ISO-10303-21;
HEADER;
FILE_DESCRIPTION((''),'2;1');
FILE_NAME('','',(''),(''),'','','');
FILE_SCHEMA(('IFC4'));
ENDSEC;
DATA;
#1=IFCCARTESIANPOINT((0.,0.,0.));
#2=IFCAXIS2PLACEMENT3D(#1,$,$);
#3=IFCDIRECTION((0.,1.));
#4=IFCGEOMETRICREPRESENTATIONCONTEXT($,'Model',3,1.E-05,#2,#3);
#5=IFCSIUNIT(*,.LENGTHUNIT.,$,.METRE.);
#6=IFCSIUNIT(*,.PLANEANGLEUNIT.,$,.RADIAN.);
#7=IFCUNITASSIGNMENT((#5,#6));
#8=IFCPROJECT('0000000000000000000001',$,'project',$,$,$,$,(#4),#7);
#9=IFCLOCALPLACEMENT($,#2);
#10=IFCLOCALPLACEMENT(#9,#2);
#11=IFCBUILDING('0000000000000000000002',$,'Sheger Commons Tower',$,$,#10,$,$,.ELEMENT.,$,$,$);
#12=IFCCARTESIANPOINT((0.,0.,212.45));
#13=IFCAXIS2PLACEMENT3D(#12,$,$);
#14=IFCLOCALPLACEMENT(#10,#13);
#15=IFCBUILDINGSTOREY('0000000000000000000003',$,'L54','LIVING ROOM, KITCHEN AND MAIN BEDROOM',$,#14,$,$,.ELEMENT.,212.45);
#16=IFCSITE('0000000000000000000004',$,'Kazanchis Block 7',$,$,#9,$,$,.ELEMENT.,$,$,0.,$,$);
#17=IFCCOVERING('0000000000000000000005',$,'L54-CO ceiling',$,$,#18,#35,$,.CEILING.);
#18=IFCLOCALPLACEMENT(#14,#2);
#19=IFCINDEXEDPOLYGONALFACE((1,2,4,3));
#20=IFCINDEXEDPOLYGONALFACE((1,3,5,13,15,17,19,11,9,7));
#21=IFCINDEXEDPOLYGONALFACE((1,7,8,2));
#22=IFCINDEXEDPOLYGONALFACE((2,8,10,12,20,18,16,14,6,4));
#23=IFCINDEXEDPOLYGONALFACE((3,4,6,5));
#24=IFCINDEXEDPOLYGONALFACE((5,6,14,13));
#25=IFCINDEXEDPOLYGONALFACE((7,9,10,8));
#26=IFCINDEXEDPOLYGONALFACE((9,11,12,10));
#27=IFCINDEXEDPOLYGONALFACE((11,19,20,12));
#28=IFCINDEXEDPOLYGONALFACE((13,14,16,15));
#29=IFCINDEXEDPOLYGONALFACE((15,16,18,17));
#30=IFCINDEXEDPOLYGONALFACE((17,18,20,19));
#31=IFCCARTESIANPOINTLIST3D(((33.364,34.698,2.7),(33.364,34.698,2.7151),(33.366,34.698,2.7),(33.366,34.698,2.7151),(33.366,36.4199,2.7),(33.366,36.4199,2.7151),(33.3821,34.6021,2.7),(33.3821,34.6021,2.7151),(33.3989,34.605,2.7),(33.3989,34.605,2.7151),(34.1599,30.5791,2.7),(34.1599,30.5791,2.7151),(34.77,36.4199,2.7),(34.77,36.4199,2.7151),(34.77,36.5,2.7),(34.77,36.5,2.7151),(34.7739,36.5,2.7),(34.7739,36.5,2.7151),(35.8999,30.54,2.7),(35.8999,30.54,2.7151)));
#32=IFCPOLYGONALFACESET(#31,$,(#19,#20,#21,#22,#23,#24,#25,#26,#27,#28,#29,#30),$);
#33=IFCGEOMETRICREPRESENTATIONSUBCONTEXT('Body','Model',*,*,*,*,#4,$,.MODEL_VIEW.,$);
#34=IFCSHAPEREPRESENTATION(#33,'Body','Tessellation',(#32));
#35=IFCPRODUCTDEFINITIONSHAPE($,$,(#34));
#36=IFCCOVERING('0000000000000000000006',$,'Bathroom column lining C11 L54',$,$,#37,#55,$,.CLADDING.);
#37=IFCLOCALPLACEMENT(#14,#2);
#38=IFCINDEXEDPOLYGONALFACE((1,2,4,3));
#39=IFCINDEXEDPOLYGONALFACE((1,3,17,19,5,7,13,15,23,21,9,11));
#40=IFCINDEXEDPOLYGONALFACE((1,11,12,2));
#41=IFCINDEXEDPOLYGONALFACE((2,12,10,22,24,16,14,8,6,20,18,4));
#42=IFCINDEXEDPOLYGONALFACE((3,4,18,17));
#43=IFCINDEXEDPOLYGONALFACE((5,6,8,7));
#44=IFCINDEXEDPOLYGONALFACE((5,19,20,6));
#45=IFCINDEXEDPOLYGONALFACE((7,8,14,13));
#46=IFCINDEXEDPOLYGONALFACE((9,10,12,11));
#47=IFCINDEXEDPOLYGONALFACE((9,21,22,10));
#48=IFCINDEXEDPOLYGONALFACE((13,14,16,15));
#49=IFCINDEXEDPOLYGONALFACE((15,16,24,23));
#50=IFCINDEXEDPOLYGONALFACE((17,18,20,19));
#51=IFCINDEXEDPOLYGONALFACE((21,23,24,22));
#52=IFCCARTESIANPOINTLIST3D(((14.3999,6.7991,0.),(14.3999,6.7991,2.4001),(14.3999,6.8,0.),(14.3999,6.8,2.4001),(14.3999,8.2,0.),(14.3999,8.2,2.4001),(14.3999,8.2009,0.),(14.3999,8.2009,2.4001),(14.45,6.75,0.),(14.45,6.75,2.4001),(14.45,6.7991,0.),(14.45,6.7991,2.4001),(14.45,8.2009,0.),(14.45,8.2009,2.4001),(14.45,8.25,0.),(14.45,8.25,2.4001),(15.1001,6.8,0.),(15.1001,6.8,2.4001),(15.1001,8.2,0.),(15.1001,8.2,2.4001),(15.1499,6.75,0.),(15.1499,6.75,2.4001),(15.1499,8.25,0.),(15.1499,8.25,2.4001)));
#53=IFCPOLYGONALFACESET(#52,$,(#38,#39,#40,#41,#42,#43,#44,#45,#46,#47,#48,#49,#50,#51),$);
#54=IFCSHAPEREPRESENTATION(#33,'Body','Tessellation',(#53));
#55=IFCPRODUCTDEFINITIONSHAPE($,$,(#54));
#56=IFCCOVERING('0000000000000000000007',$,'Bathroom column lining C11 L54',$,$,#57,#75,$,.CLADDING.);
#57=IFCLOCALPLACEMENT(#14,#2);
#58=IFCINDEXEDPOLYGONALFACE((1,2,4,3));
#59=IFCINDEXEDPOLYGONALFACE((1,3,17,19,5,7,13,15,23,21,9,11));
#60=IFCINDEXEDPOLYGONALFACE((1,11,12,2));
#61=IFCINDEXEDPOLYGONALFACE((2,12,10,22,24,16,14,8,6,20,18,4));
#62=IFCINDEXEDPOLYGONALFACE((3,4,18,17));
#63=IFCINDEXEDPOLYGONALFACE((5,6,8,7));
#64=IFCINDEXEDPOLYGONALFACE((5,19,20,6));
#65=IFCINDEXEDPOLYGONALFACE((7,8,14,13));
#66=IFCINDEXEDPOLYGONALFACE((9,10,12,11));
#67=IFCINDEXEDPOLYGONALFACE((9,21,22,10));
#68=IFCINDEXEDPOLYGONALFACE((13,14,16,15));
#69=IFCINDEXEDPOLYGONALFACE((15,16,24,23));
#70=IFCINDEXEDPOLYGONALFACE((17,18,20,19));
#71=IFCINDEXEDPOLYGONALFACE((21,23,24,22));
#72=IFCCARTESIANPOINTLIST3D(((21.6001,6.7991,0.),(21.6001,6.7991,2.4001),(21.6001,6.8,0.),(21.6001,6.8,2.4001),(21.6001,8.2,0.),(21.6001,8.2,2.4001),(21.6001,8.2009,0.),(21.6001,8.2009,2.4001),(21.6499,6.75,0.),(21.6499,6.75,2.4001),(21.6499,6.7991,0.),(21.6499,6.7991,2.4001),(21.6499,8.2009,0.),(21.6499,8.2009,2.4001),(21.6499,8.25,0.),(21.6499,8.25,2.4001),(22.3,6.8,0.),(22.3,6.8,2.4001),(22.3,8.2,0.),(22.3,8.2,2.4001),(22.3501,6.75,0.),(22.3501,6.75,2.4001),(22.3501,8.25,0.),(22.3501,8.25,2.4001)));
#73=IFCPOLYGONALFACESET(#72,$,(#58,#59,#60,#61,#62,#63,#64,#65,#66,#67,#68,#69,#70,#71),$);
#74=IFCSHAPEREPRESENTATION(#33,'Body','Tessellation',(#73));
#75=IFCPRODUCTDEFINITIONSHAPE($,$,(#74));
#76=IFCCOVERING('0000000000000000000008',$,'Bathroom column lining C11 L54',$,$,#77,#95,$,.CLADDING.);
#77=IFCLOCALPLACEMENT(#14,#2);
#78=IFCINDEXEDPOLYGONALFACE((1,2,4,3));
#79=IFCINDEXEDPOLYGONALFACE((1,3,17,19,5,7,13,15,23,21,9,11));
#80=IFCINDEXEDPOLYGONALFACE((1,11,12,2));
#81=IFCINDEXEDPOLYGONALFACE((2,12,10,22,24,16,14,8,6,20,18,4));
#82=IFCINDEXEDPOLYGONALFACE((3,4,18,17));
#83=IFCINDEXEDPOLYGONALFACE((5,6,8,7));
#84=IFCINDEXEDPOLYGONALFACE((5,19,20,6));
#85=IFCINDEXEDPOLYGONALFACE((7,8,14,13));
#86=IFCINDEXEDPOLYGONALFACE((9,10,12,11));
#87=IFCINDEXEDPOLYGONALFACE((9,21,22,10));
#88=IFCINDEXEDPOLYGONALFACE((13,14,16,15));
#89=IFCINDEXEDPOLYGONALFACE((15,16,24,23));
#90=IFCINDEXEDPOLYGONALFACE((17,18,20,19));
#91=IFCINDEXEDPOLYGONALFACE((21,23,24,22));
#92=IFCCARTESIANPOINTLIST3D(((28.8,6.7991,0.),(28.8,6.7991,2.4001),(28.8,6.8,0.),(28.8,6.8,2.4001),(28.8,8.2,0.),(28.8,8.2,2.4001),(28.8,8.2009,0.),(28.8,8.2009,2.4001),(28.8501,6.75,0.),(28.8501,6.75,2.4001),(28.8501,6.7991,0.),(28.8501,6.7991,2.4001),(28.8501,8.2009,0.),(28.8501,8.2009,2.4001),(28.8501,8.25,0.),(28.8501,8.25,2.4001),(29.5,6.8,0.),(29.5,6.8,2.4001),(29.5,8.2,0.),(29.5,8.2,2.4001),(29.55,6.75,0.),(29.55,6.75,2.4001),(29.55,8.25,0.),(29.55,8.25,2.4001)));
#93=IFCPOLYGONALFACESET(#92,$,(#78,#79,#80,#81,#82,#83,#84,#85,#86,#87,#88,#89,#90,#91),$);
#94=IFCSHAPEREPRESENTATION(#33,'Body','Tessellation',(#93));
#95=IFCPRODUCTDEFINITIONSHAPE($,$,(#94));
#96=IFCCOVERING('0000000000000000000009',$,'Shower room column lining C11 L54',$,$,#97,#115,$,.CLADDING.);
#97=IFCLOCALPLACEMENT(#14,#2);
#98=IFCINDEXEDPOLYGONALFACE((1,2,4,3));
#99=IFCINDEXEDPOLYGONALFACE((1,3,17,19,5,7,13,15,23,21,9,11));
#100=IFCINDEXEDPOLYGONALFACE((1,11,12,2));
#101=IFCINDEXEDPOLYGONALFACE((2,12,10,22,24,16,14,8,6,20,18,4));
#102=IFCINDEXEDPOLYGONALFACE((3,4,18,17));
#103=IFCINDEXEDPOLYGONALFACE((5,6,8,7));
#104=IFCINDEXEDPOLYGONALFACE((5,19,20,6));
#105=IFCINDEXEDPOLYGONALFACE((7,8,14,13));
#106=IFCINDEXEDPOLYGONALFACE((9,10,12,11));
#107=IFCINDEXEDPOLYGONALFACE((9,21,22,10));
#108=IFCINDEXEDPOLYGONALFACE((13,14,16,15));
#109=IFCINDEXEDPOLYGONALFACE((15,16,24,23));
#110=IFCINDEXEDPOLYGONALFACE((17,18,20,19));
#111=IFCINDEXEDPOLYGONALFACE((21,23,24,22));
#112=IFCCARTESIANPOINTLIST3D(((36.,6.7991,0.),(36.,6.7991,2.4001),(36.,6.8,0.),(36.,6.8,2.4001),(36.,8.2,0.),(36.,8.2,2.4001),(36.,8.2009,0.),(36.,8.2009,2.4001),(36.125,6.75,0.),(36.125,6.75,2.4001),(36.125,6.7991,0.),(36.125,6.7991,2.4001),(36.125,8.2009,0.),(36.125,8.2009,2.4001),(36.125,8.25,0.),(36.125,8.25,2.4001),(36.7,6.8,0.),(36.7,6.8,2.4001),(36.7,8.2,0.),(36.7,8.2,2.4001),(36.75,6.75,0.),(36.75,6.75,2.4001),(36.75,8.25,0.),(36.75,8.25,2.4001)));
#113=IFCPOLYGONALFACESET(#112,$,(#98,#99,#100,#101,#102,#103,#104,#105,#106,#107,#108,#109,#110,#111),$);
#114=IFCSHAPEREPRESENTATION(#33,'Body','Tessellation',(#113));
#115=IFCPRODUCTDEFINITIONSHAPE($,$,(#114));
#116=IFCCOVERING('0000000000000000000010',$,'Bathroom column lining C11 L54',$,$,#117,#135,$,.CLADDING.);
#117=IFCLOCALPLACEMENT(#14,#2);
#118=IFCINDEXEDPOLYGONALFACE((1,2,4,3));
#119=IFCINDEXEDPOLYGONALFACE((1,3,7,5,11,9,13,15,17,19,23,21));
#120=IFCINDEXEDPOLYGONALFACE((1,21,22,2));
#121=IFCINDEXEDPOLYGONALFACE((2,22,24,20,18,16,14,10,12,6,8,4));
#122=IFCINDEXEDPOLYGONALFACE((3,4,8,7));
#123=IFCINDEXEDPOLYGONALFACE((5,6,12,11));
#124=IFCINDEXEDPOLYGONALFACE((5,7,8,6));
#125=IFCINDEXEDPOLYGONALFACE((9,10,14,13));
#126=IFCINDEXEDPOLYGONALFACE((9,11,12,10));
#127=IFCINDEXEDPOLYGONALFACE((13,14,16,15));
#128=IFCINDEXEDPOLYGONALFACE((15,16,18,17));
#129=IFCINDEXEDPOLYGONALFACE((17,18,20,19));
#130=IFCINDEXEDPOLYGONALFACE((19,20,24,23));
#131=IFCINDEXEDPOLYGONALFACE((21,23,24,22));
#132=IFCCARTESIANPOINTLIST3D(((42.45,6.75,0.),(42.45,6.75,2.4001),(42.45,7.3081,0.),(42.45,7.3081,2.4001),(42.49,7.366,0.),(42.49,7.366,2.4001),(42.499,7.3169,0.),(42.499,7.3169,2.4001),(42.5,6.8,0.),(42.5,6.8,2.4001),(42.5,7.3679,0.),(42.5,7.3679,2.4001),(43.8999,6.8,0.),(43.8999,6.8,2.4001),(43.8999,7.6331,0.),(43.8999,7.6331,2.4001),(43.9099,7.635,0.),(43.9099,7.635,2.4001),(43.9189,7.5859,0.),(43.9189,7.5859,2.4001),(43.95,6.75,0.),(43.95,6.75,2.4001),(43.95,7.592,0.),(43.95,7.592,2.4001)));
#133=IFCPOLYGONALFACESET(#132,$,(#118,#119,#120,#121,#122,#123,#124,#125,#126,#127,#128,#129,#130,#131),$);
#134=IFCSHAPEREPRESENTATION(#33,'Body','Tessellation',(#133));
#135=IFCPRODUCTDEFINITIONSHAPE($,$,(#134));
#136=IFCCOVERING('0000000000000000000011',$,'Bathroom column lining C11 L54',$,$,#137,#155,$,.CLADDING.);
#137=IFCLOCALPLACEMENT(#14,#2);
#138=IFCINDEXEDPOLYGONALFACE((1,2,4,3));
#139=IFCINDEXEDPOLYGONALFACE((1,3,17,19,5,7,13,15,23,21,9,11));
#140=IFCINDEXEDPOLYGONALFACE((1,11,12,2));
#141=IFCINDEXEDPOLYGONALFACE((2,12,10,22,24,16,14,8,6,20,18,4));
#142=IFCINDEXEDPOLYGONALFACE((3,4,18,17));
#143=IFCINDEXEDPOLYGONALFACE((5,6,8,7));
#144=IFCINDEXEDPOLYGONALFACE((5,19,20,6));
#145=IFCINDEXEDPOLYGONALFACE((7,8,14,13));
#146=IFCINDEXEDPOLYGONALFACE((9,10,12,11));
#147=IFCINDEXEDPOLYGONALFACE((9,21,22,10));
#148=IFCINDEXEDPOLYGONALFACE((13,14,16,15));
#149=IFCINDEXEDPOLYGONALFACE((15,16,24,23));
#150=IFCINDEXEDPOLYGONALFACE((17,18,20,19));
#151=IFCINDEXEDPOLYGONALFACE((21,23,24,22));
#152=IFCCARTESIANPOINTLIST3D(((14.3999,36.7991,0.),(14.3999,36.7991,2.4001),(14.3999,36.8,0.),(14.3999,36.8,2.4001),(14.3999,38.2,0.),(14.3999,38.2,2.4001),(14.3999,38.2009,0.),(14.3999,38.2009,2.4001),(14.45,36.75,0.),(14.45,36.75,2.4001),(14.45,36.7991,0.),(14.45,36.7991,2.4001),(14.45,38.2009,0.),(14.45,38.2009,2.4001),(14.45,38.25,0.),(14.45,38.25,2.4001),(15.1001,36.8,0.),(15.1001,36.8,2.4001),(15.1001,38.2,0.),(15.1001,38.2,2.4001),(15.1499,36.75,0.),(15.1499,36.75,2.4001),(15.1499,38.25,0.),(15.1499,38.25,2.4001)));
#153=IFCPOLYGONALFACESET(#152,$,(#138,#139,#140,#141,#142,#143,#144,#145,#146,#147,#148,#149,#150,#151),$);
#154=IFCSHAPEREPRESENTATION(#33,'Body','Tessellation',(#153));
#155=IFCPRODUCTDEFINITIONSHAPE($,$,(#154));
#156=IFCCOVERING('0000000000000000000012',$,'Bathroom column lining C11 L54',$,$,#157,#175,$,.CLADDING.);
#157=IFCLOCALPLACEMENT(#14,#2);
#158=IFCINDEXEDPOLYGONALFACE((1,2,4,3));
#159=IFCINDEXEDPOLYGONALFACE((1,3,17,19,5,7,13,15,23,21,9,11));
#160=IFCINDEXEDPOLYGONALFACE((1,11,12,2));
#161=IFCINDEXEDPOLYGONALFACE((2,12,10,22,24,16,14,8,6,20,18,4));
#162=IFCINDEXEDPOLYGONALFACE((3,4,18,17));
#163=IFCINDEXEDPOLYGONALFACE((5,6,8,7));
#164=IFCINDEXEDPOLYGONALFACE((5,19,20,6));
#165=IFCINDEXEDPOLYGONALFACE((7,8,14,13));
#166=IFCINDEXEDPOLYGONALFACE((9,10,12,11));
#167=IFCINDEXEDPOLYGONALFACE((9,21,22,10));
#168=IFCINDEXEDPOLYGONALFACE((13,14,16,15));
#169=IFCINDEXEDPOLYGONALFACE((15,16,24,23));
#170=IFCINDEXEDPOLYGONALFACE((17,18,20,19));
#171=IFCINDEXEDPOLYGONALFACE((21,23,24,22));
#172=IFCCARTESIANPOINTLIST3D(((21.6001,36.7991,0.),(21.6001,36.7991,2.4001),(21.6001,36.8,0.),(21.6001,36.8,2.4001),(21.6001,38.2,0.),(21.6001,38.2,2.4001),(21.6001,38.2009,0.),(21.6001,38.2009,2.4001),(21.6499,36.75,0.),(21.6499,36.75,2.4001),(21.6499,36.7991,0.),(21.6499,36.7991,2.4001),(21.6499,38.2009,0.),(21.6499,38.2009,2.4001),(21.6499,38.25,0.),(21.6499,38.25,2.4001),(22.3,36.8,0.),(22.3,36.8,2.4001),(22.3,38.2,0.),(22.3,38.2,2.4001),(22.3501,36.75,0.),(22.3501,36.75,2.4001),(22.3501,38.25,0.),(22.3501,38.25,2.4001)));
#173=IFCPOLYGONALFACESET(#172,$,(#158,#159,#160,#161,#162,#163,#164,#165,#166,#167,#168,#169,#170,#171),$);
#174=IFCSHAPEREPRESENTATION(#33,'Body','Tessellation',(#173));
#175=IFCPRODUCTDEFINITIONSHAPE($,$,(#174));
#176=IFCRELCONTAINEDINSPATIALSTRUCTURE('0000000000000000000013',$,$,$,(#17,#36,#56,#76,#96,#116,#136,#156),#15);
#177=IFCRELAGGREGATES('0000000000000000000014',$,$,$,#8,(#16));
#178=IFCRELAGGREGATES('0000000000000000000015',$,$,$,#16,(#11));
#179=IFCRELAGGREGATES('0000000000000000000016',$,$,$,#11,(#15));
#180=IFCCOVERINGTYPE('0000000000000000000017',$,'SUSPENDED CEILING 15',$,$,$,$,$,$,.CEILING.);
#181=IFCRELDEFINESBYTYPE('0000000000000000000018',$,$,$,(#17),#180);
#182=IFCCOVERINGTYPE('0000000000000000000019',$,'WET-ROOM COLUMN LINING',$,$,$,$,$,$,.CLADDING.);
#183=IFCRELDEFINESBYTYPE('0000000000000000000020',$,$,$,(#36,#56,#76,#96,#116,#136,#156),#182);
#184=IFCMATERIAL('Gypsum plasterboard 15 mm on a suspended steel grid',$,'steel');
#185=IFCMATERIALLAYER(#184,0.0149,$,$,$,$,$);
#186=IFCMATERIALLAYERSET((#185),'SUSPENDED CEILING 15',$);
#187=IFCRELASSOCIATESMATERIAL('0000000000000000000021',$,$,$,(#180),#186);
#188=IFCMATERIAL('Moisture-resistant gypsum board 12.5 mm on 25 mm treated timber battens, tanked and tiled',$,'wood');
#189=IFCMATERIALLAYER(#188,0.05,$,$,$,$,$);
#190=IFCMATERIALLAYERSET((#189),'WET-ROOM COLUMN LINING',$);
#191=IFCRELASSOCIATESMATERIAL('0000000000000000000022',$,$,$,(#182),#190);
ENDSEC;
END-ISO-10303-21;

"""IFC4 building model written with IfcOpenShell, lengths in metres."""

from ifc_helpers import new_model, si_unit, direction, frame, origin, place, context, subcontext, project, spatial, polyline, outline, extrude, material, layer, layer_set, type_object, element, save


model = new_model("IFC4")

# Units and contexts
model_context = context("Model", 3, precision=1e-05, world=origin(), true_north=direction((0.0, 1.0)))
body_context = subcontext(model_context, "Body", "Model", "MODEL_VIEW")
ifc_project = project(units=[si_unit("LENGTHUNIT", "METRE"), si_unit("PLANEANGLEUNIT", "RADIAN")], contexts=[model_context])

# Site, building, storey
site_placement = place(None, origin())
site = spatial("IfcSite", under=ifc_project, at=site_placement, Name="Kazanchis Block 7", CompositionType="ELEMENT", RefElevation=0.0)
building_placement = place(site_placement, origin())
building = spatial("IfcBuilding", under=site, at=building_placement, Name="Sheger Commons Tower", CompositionType="ELEMENT")
storey_placement = place(building_placement, frame((0.0, 0.0, 212.45)))
storey = spatial("IfcBuildingStorey", under=building, at=storey_placement, Name="L54", Description="LIVING ROOM, KITCHEN AND MAIN BEDROOM", CompositionType="ELEMENT", Elevation=212.45)

# Coverings
ifc_material_1 = material(Name="Gypsum plasterboard 15 mm on a suspended steel grid", Category="steel")
ifc_layer_1 = layer(ifc_material_1, 0.0149)
ifc_layer_set_1 = layer_set([ifc_layer_1], Name="SUSPENDED CEILING 15")
covering_type_1 = type_object("IfcCoveringType", Name="SUSPENDED CEILING 15", PredefinedType="CEILING", material=ifc_layer_set_1)
covering_1_placement = place(storey_placement, frame((0.0, 0.0, 2.7)))
element("IfcCovering", 1, at=covering_1_placement, inside=storey, type_object=covering_type_1, Name="L54-CO ceiling", PredefinedType="CEILING", context=body_context, shape_type="SweptSolid", body=[
    extrude(outline(polyline([(35.8999, 30.54), (34.7739, 36.5), (34.77, 36.5), (34.77, 36.4199), (33.366, 36.4199), (33.366, 34.698), (33.364, 34.698), (33.3821, 34.6021), (33.3989, 34.605), (34.1599, 30.5791), (35.8999, 30.54)])), origin(), (0.0, 0.0, 1.0), 0.0151),
])
ifc_material_2 = material(Name="Moisture-resistant gypsum board 12.5 mm on 25 mm treated timber battens, tanked and tiled", Category="wood")
ifc_layer_2 = layer(ifc_material_2, 0.05)
ifc_layer_set_2 = layer_set([ifc_layer_2], Name="WET-ROOM COLUMN LINING")
covering_type_2 = type_object("IfcCoveringType", Name="WET-ROOM COLUMN LINING", PredefinedType="CLADDING", material=ifc_layer_set_2)
covering_2_placement = place(storey_placement, origin())
element("IfcCovering", 2, at=covering_2_placement, inside=storey, type_object=covering_type_2, Name="Bathroom column lining C11 L54", PredefinedType="CLADDING", context=body_context, shape_type="SweptSolid", body=[
    extrude(outline(polyline([(15.1499, 6.75), (14.45, 6.75), (14.45, 6.7991), (14.3999, 6.7991), (14.3999, 6.8), (15.1001, 6.8), (15.1001, 8.2), (14.3999, 8.2), (14.3999, 8.2009), (14.45, 8.2009), (14.45, 8.25), (15.1499, 8.25), (15.1499, 6.75)])), origin(), (0.0, 0.0, 1.0), 2.4001),
])
covering_3_placement = place(storey_placement, origin())
element("IfcCovering", 3, at=covering_3_placement, inside=storey, type_object=covering_type_2, Name="Bathroom column lining C11 L54", PredefinedType="CLADDING", context=body_context, shape_type="SweptSolid", body=[
    extrude(outline(polyline([(22.3501, 6.75), (21.6499, 6.75), (21.6499, 6.7991), (21.6001, 6.7991), (21.6001, 6.8), (22.3, 6.8), (22.3, 8.2), (21.6001, 8.2), (21.6001, 8.2009), (21.6499, 8.2009), (21.6499, 8.25), (22.3501, 8.25), (22.3501, 6.75)])), origin(), (0.0, 0.0, 1.0), 2.4001),
])
covering_4_placement = place(storey_placement, origin())
element("IfcCovering", 4, at=covering_4_placement, inside=storey, type_object=covering_type_2, Name="Bathroom column lining C11 L54", PredefinedType="CLADDING", context=body_context, shape_type="SweptSolid", body=[
    extrude(outline(polyline([(29.55, 6.75), (28.8501, 6.75), (28.8501, 6.7991), (28.8, 6.7991), (28.8, 6.8), (29.5, 6.8), (29.5, 8.2), (28.8, 8.2), (28.8, 8.2009), (28.8501, 8.2009), (28.8501, 8.25), (29.55, 8.25), (29.55, 6.75)])), origin(), (0.0, 0.0, 1.0), 2.4001),
])
covering_5_placement = place(storey_placement, origin())
element("IfcCovering", 5, at=covering_5_placement, inside=storey, type_object=covering_type_2, Name="Shower room column lining C11 L54", PredefinedType="CLADDING", context=body_context, shape_type="SweptSolid", body=[
    extrude(outline(polyline([(36.75, 6.75), (36.125, 6.75), (36.125, 6.7991), (36.0, 6.7991), (36.0, 6.8), (36.7, 6.8), (36.7, 8.2), (36.0, 8.2), (36.0, 8.2009), (36.125, 8.2009), (36.125, 8.25), (36.75, 8.25), (36.75, 6.75)])), origin(), (0.0, 0.0, 1.0), 2.4001),
])
covering_6_placement = place(storey_placement, origin())
element("IfcCovering", 6, at=covering_6_placement, inside=storey, type_object=covering_type_2, Name="Bathroom column lining C11 L54", PredefinedType="CLADDING", context=body_context, shape_type="SweptSolid", body=[
    extrude(outline(polyline([(42.5, 7.3679), (42.5, 6.8), (43.8999, 6.8), (43.8999, 7.6331), (43.9099, 7.635), (43.9189, 7.5859), (43.95, 7.592), (43.95, 6.75), (42.45, 6.75), (42.45, 7.3081), (42.499, 7.3169), (42.49, 7.366), (42.5, 7.3679)])), origin(), (0.0, 0.0, 1.0), 2.4001),
])
covering_7_placement = place(storey_placement, origin())
element("IfcCovering", 7, at=covering_7_placement, inside=storey, type_object=covering_type_2, Name="Bathroom column lining C11 L54", PredefinedType="CLADDING", context=body_context, shape_type="SweptSolid", body=[
    extrude(outline(polyline([(15.1499, 36.75), (14.45, 36.75), (14.45, 36.7991), (14.3999, 36.7991), (14.3999, 36.8), (15.1001, 36.8), (15.1001, 38.2), (14.3999, 38.2), (14.3999, 38.2009), (14.45, 38.2009), (14.45, 38.25), (15.1499, 38.25), (15.1499, 36.75)])), origin(), (0.0, 0.0, 1.0), 2.4001),
])
covering_8_placement = place(storey_placement, origin())
element("IfcCovering", 8, at=covering_8_placement, inside=storey, type_object=covering_type_2, Name="Bathroom column lining C11 L54", PredefinedType="CLADDING", context=body_context, shape_type="SweptSolid", body=[
    extrude(outline(polyline([(22.3501, 36.75), (21.6499, 36.75), (21.6499, 36.7991), (21.6001, 36.7991), (21.6001, 36.8), (22.3, 36.8), (22.3, 38.2), (21.6001, 38.2), (21.6001, 38.2009), (21.6499, 38.2009), (21.6499, 38.25), (22.3501, 38.25), (22.3501, 36.75)])), origin(), (0.0, 0.0, 1.0), 2.4001),
])

save(model, "model.ifc")
